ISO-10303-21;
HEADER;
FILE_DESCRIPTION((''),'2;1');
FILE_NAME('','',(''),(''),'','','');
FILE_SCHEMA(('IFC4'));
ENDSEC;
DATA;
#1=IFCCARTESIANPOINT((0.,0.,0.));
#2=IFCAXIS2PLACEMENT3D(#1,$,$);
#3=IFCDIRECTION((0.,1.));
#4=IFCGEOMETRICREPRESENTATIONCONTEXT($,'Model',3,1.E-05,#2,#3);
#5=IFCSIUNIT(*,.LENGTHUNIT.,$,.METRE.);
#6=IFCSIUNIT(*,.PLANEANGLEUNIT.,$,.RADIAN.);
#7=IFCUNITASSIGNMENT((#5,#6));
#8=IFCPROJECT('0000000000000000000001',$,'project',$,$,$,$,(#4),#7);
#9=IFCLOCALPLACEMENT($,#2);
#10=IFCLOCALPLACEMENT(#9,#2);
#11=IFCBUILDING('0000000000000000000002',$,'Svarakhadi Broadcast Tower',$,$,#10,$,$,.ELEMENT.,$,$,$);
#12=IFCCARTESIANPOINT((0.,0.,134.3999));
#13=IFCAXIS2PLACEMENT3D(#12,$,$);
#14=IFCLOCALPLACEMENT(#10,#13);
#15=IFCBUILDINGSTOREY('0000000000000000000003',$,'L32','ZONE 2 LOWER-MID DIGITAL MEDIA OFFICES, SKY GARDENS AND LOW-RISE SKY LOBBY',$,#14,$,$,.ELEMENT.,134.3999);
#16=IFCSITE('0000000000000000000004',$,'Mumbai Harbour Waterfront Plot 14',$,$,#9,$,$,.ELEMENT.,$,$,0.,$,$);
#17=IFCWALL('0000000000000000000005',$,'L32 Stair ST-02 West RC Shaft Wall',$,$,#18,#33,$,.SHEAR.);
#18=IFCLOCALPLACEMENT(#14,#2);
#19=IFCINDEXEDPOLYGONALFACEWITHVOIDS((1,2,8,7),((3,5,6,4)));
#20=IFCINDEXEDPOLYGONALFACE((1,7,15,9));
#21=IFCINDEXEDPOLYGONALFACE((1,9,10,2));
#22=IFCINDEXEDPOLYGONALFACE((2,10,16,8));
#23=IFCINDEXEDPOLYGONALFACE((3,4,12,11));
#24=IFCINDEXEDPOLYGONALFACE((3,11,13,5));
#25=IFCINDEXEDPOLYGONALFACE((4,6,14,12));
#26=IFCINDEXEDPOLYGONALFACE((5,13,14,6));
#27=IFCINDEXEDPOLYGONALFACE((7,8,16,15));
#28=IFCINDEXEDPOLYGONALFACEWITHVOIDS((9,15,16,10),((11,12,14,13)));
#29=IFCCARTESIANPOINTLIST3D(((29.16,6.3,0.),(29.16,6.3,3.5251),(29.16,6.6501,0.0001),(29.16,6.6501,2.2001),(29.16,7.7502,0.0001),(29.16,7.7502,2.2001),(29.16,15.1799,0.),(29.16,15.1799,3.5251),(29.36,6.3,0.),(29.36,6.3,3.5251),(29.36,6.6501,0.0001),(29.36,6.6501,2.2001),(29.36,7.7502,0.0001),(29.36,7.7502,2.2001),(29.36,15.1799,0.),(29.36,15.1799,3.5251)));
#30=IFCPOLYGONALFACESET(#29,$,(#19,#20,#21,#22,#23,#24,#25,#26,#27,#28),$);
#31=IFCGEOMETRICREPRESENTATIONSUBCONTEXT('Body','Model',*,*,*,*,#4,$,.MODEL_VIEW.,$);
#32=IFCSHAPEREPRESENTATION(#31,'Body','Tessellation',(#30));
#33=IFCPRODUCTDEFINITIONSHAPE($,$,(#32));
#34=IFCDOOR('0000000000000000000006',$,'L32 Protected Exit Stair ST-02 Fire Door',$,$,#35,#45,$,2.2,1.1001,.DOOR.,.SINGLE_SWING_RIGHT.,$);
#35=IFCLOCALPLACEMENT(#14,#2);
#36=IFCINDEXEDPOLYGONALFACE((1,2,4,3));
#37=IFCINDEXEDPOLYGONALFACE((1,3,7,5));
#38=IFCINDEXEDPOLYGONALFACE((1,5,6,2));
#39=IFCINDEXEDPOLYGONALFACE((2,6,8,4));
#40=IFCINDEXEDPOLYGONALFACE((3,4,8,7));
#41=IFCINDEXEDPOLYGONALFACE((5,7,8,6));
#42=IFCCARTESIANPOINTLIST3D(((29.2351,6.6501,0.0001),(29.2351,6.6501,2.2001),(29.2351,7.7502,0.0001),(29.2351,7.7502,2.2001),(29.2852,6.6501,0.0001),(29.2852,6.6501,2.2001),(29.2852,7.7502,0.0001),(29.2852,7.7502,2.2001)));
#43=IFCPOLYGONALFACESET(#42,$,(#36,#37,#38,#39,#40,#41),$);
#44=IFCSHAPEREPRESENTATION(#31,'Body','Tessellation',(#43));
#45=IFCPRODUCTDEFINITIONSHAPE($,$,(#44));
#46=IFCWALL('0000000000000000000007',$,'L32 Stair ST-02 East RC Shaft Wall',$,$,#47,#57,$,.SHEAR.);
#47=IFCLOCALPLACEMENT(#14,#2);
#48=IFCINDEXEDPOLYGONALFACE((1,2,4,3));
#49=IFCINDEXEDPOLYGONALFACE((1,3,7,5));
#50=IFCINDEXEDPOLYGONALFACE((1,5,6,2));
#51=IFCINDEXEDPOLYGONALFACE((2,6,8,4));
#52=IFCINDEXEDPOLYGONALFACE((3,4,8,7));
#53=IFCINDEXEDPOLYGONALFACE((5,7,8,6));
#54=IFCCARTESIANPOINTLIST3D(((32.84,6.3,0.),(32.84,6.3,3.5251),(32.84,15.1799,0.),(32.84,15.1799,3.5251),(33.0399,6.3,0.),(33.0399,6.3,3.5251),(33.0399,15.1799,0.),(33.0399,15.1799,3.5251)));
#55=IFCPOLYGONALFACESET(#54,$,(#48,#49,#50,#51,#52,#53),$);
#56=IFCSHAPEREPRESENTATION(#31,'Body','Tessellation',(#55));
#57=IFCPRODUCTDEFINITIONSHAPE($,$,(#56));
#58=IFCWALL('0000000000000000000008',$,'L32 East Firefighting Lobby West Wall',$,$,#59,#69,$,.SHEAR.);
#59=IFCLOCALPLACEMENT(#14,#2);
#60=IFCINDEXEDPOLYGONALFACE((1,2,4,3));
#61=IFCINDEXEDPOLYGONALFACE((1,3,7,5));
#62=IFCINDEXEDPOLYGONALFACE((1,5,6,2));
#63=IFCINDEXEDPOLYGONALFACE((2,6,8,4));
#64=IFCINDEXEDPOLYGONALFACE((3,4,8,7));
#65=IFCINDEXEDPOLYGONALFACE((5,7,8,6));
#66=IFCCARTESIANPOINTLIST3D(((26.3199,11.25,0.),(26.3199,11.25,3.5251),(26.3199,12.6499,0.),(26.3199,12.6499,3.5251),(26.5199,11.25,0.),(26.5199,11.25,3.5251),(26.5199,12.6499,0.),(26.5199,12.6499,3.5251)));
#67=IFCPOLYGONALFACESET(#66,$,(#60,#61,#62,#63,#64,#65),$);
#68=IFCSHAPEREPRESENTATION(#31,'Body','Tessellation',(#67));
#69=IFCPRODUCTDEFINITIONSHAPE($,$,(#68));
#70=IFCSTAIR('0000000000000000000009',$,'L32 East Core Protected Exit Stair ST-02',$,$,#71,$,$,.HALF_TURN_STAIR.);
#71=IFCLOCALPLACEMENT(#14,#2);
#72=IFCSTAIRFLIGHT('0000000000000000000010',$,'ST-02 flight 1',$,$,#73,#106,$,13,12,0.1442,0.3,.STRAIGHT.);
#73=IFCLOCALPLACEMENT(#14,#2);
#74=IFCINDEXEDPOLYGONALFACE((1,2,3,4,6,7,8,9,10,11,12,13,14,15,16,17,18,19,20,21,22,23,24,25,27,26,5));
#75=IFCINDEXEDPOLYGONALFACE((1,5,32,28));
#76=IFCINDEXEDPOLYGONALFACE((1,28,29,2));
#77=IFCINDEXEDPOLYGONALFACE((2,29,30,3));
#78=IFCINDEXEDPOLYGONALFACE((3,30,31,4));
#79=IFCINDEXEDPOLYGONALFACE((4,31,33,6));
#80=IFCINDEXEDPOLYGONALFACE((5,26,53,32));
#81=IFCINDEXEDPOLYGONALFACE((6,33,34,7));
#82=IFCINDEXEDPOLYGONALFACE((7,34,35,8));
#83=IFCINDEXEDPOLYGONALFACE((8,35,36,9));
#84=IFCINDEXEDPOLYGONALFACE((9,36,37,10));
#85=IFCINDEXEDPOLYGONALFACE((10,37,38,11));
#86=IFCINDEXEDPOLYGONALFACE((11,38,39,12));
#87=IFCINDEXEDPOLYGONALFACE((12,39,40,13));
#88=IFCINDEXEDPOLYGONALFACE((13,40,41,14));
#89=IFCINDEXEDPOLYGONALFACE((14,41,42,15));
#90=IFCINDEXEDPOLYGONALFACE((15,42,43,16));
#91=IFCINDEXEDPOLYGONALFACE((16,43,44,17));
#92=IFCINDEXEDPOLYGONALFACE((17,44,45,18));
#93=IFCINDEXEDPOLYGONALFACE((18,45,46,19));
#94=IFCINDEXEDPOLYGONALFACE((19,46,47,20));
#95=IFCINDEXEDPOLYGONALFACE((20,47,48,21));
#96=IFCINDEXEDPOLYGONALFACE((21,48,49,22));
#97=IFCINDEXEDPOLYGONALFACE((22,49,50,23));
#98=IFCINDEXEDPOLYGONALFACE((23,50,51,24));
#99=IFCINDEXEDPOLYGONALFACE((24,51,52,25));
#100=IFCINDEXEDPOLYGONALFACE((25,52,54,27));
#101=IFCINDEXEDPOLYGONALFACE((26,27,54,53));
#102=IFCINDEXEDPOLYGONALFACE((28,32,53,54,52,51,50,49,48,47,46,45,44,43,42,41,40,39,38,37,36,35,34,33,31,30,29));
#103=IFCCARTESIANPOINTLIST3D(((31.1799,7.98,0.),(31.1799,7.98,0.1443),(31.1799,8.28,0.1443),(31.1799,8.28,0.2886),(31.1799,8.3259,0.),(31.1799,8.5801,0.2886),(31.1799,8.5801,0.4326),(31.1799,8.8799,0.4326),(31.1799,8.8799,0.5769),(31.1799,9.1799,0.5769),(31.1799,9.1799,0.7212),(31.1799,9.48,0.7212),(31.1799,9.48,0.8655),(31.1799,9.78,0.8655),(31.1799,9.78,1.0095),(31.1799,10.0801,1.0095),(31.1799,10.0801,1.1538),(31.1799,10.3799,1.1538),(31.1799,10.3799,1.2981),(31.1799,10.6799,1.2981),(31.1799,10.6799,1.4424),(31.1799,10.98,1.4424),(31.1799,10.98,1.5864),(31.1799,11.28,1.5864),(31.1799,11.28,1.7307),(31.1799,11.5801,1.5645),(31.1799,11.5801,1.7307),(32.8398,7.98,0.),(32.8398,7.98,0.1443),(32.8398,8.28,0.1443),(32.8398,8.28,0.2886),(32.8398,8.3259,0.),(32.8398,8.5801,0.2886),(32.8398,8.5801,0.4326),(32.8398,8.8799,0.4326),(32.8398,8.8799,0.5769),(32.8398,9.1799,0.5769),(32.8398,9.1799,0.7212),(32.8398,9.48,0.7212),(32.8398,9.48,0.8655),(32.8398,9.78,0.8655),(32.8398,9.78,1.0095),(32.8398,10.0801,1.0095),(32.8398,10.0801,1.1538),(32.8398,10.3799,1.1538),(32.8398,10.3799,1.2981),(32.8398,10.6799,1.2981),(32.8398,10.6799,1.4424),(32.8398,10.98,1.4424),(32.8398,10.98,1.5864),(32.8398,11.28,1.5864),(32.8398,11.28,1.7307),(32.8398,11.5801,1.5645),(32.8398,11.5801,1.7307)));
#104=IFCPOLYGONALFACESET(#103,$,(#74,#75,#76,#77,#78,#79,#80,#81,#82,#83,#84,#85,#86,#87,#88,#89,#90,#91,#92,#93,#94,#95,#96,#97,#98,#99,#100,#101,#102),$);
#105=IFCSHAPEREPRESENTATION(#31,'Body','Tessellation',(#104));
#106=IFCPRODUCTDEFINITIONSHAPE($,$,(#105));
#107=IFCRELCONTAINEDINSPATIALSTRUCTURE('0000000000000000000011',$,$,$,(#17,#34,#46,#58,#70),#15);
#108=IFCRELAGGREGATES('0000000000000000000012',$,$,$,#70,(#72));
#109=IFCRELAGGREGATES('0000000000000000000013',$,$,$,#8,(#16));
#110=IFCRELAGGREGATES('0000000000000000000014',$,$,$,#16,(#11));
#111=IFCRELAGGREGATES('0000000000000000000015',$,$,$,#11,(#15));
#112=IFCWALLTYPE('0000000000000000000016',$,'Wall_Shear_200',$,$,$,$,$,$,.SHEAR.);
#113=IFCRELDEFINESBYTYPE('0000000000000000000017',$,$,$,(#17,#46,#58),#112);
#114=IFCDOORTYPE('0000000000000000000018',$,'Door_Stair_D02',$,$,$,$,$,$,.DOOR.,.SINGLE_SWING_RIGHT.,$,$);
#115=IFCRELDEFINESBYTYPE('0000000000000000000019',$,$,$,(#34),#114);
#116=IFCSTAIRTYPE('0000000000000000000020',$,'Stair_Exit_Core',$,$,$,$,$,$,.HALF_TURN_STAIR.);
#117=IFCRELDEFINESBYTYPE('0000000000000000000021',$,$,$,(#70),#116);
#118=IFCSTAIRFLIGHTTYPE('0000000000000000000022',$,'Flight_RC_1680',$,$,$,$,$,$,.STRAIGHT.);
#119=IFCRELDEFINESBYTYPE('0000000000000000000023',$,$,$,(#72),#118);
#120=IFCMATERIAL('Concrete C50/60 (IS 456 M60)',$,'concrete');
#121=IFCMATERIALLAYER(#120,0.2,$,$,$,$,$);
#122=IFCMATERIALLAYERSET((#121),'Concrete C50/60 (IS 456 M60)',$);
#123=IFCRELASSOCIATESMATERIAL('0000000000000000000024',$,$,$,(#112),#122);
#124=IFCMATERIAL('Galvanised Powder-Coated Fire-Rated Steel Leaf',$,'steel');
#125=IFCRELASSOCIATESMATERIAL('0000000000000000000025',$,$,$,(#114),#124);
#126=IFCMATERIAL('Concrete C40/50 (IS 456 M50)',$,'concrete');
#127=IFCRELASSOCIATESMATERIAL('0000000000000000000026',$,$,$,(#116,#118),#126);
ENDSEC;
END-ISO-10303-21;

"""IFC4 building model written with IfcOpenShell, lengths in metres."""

from ifc_helpers import new_model, si_unit, direction, frame, frame_2d, origin, place, context, subcontext, project, spatial, polyline, rectangle, outline, extrude, material, layer, layer_set, type_object, element, fill, aggregate, save


model = new_model("IFC4")

# Units and contexts
model_context = context("Model", 3, precision=1e-05, world=origin(), true_north=direction((0.0, 1.0)))
body_context = subcontext(model_context, "Body", "Model", "MODEL_VIEW")
ifc_project = project(units=[si_unit("LENGTHUNIT", "METRE"), si_unit("PLANEANGLEUNIT", "RADIAN")], contexts=[model_context])

# Site, building, storey
site_placement = place(None, origin())
site = spatial("IfcSite", under=ifc_project, at=site_placement, Name="Mumbai Harbour Waterfront Plot 14", CompositionType="ELEMENT", RefElevation=0.0)
building_placement = place(site_placement, origin())
building = spatial("IfcBuilding", under=site, at=building_placement, Name="Svarakhadi Broadcast Tower", CompositionType="ELEMENT")
storey_placement = place(building_placement, frame((0.0, 0.0, 134.3999)))
storey = spatial("IfcBuildingStorey", under=building, at=storey_placement, Name="L32", Description="ZONE 2 LOWER-MID DIGITAL MEDIA OFFICES, SKY GARDENS AND LOW-RISE SKY LOBBY", CompositionType="ELEMENT", Elevation=134.3999)

# Shared definitions
ifc_material_1 = material(Name="Concrete C50/60 (IS 456 M60)", Category="concrete")

# Shared definitions
ifc_material_2 = material(Name="Concrete C40/50 (IS 456 M50)", Category="concrete")

# Wall, opening, door
ifc_layer_1 = layer(ifc_material_1, 0.2)
ifc_layer_set_1 = layer_set([ifc_layer_1], Name="Concrete C50/60 (IS 456 M60)")
wall_type_1 = type_object("IfcWallType", Name="Wall_Shear_200", PredefinedType="SHEAR", material=ifc_layer_set_1)
wall_1_placement = place(storey_placement, frame((29.26, 6.3, 0.0), z_axis=(0.0, 0.0, 1.0), x_axis=(0.0, 1.0, 0.0)))
wall_1 = element("IfcWall", 1, at=wall_1_placement, inside=storey, type_object=wall_type_1, Name="L32 Stair ST-02 West RC Shaft Wall", PredefinedType="SHEAR", context=body_context, shape_type="SweptSolid", body=[
    extrude(rectangle(XDim=8.8799, YDim=0.2, at=frame_2d((4.4399, 0.0))), origin(), (0.0, 0.0, 1.0), 3.5251),
])
opening_placement = place(wall_1_placement, frame((0.3501, 0.0, 0.0)))
opening = element("IfcOpeningElement", 2, at=opening_placement, cuts=wall_1, PredefinedType="OPENING", context=body_context, shape_type="SweptSolid", body=[
    extrude(rectangle(XDim=1.1001, YDim=2.2, at=frame_2d((0.55, 1.1001))), frame((0.0, 0.1099, 0.0), z_axis=(0.0, -1.0, 0.0), x_axis=(1.0, 0.0, 0.0)), (0.0, 0.0, 1.0), 0.22),
])
ifc_material_3 = material(Name="Galvanised Powder-Coated Fire-Rated Steel Leaf", Category="steel")
door_type = type_object("IfcDoorType", Name="Door_Stair_D02", OperationType="SINGLE_SWING_RIGHT", PredefinedType="DOOR", material=ifc_material_3)
door_placement = place(opening_placement, origin())
door = element("IfcDoor", 3, at=door_placement, inside=storey, type_object=door_type, Name="L32 Protected Exit Stair ST-02 Fire Door", OperationType="SINGLE_SWING_RIGHT", OverallHeight=2.2, OverallWidth=1.1001, PredefinedType="DOOR", context=body_context, shape_type="SweptSolid", body=[
    extrude(rectangle(XDim=1.1001, YDim=2.2, at=frame_2d((0.55, 1.1001))), frame((0.0, 0.0249, 0.0), z_axis=(0.0, -1.0, 0.0), x_axis=(1.0, 0.0, 0.0)), (0.0, 0.0, 1.0), 0.05),
])
fill(opening, door)

# Walls
wall_2_placement = place(storey_placement, frame((32.9399, 6.3, 0.0), z_axis=(0.0, 0.0, 1.0), x_axis=(0.0, 1.0, 0.0)))
element("IfcWall", 4, at=wall_2_placement, inside=storey, type_object=wall_type_1, Name="L32 Stair ST-02 East RC Shaft Wall", PredefinedType="SHEAR", context=body_context, shape_type="SweptSolid", body=[
    extrude(rectangle(XDim=8.8799, YDim=0.2, at=frame_2d((4.4399, 0.0))), origin(), (0.0, 0.0, 1.0), 3.5251),
])
wall_3_placement = place(storey_placement, frame((26.4199, 11.25, 0.0), z_axis=(0.0, 0.0, 1.0), x_axis=(0.0, 1.0, 0.0)))
element("IfcWall", 5, at=wall_3_placement, inside=storey, type_object=wall_type_1, Name="L32 East Firefighting Lobby West Wall", PredefinedType="SHEAR", context=body_context, shape_type="SweptSolid", body=[
    extrude(rectangle(XDim=1.3999, YDim=0.2, at=frame_2d((0.7, 0.0))), origin(), (0.0, 0.0, 1.0), 3.5251),
])

# Stair, stair flight
stair_type = type_object("IfcStairType", Name="Stair_Exit_Core", PredefinedType="HALF_TURN_STAIR", material=ifc_material_2)
stair_placement = place(storey_placement, origin())
stair = element("IfcStair", 6, at=stair_placement, inside=storey, type_object=stair_type, Name="L32 East Core Protected Exit Stair ST-02", PredefinedType="HALF_TURN_STAIR")
stair_flight_type = type_object("IfcStairFlightType", Name="Flight_RC_1680", PredefinedType="STRAIGHT", material=ifc_material_2)
stair_flight_placement = place(storey_placement, frame((32.01, 7.98, 0.0), z_axis=(0.0, 0.0, 1.0), x_axis=(0.0, 1.0, 0.0)))
stair_flight = element("IfcStairFlight", 7, at=stair_flight_placement, type_object=stair_flight_type, Name="ST-02 flight 1", NumberOfRisers=13, NumberOfTreads=12, PredefinedType="STRAIGHT", RiserHeight=0.1442, TreadLength=0.3, context=body_context, shape_type="SweptSolid", body=[
    extrude(outline(polyline([(0.0, 0.0), (0.0, 0.1443), (0.3, 0.1443), (0.3, 0.2886), (0.6001, 0.2886), (0.6001, 0.4326), (0.8999, 0.4326), (0.8999, 0.5769), (1.2, 0.5769), (1.2, 0.7212), (1.5, 0.7212), (1.5, 0.8655), (1.8, 0.8655), (1.8, 1.0095), (2.1001, 1.0095), (2.1001, 1.1538), (2.3999, 1.1538), (2.3999, 1.2981), (2.7, 1.2981), (2.7, 1.4424), (3.0, 1.4424), (3.0, 1.5864), (3.3, 1.5864), (3.3, 1.7307), (3.6001, 1.7307), (3.6001, 1.875), (3.6001, 1.5645), (0.3459, 0.0), (0.0, 0.0)])), frame((0.0, 0.8301, 0.0), z_axis=(0.0, -1.0, 0.0), x_axis=(1.0, 0.0, 0.0)), (0.0, 0.0, 1.0), 1.6599),
])
aggregate(stair, [stair_flight])

save(model, "model.ifc")
